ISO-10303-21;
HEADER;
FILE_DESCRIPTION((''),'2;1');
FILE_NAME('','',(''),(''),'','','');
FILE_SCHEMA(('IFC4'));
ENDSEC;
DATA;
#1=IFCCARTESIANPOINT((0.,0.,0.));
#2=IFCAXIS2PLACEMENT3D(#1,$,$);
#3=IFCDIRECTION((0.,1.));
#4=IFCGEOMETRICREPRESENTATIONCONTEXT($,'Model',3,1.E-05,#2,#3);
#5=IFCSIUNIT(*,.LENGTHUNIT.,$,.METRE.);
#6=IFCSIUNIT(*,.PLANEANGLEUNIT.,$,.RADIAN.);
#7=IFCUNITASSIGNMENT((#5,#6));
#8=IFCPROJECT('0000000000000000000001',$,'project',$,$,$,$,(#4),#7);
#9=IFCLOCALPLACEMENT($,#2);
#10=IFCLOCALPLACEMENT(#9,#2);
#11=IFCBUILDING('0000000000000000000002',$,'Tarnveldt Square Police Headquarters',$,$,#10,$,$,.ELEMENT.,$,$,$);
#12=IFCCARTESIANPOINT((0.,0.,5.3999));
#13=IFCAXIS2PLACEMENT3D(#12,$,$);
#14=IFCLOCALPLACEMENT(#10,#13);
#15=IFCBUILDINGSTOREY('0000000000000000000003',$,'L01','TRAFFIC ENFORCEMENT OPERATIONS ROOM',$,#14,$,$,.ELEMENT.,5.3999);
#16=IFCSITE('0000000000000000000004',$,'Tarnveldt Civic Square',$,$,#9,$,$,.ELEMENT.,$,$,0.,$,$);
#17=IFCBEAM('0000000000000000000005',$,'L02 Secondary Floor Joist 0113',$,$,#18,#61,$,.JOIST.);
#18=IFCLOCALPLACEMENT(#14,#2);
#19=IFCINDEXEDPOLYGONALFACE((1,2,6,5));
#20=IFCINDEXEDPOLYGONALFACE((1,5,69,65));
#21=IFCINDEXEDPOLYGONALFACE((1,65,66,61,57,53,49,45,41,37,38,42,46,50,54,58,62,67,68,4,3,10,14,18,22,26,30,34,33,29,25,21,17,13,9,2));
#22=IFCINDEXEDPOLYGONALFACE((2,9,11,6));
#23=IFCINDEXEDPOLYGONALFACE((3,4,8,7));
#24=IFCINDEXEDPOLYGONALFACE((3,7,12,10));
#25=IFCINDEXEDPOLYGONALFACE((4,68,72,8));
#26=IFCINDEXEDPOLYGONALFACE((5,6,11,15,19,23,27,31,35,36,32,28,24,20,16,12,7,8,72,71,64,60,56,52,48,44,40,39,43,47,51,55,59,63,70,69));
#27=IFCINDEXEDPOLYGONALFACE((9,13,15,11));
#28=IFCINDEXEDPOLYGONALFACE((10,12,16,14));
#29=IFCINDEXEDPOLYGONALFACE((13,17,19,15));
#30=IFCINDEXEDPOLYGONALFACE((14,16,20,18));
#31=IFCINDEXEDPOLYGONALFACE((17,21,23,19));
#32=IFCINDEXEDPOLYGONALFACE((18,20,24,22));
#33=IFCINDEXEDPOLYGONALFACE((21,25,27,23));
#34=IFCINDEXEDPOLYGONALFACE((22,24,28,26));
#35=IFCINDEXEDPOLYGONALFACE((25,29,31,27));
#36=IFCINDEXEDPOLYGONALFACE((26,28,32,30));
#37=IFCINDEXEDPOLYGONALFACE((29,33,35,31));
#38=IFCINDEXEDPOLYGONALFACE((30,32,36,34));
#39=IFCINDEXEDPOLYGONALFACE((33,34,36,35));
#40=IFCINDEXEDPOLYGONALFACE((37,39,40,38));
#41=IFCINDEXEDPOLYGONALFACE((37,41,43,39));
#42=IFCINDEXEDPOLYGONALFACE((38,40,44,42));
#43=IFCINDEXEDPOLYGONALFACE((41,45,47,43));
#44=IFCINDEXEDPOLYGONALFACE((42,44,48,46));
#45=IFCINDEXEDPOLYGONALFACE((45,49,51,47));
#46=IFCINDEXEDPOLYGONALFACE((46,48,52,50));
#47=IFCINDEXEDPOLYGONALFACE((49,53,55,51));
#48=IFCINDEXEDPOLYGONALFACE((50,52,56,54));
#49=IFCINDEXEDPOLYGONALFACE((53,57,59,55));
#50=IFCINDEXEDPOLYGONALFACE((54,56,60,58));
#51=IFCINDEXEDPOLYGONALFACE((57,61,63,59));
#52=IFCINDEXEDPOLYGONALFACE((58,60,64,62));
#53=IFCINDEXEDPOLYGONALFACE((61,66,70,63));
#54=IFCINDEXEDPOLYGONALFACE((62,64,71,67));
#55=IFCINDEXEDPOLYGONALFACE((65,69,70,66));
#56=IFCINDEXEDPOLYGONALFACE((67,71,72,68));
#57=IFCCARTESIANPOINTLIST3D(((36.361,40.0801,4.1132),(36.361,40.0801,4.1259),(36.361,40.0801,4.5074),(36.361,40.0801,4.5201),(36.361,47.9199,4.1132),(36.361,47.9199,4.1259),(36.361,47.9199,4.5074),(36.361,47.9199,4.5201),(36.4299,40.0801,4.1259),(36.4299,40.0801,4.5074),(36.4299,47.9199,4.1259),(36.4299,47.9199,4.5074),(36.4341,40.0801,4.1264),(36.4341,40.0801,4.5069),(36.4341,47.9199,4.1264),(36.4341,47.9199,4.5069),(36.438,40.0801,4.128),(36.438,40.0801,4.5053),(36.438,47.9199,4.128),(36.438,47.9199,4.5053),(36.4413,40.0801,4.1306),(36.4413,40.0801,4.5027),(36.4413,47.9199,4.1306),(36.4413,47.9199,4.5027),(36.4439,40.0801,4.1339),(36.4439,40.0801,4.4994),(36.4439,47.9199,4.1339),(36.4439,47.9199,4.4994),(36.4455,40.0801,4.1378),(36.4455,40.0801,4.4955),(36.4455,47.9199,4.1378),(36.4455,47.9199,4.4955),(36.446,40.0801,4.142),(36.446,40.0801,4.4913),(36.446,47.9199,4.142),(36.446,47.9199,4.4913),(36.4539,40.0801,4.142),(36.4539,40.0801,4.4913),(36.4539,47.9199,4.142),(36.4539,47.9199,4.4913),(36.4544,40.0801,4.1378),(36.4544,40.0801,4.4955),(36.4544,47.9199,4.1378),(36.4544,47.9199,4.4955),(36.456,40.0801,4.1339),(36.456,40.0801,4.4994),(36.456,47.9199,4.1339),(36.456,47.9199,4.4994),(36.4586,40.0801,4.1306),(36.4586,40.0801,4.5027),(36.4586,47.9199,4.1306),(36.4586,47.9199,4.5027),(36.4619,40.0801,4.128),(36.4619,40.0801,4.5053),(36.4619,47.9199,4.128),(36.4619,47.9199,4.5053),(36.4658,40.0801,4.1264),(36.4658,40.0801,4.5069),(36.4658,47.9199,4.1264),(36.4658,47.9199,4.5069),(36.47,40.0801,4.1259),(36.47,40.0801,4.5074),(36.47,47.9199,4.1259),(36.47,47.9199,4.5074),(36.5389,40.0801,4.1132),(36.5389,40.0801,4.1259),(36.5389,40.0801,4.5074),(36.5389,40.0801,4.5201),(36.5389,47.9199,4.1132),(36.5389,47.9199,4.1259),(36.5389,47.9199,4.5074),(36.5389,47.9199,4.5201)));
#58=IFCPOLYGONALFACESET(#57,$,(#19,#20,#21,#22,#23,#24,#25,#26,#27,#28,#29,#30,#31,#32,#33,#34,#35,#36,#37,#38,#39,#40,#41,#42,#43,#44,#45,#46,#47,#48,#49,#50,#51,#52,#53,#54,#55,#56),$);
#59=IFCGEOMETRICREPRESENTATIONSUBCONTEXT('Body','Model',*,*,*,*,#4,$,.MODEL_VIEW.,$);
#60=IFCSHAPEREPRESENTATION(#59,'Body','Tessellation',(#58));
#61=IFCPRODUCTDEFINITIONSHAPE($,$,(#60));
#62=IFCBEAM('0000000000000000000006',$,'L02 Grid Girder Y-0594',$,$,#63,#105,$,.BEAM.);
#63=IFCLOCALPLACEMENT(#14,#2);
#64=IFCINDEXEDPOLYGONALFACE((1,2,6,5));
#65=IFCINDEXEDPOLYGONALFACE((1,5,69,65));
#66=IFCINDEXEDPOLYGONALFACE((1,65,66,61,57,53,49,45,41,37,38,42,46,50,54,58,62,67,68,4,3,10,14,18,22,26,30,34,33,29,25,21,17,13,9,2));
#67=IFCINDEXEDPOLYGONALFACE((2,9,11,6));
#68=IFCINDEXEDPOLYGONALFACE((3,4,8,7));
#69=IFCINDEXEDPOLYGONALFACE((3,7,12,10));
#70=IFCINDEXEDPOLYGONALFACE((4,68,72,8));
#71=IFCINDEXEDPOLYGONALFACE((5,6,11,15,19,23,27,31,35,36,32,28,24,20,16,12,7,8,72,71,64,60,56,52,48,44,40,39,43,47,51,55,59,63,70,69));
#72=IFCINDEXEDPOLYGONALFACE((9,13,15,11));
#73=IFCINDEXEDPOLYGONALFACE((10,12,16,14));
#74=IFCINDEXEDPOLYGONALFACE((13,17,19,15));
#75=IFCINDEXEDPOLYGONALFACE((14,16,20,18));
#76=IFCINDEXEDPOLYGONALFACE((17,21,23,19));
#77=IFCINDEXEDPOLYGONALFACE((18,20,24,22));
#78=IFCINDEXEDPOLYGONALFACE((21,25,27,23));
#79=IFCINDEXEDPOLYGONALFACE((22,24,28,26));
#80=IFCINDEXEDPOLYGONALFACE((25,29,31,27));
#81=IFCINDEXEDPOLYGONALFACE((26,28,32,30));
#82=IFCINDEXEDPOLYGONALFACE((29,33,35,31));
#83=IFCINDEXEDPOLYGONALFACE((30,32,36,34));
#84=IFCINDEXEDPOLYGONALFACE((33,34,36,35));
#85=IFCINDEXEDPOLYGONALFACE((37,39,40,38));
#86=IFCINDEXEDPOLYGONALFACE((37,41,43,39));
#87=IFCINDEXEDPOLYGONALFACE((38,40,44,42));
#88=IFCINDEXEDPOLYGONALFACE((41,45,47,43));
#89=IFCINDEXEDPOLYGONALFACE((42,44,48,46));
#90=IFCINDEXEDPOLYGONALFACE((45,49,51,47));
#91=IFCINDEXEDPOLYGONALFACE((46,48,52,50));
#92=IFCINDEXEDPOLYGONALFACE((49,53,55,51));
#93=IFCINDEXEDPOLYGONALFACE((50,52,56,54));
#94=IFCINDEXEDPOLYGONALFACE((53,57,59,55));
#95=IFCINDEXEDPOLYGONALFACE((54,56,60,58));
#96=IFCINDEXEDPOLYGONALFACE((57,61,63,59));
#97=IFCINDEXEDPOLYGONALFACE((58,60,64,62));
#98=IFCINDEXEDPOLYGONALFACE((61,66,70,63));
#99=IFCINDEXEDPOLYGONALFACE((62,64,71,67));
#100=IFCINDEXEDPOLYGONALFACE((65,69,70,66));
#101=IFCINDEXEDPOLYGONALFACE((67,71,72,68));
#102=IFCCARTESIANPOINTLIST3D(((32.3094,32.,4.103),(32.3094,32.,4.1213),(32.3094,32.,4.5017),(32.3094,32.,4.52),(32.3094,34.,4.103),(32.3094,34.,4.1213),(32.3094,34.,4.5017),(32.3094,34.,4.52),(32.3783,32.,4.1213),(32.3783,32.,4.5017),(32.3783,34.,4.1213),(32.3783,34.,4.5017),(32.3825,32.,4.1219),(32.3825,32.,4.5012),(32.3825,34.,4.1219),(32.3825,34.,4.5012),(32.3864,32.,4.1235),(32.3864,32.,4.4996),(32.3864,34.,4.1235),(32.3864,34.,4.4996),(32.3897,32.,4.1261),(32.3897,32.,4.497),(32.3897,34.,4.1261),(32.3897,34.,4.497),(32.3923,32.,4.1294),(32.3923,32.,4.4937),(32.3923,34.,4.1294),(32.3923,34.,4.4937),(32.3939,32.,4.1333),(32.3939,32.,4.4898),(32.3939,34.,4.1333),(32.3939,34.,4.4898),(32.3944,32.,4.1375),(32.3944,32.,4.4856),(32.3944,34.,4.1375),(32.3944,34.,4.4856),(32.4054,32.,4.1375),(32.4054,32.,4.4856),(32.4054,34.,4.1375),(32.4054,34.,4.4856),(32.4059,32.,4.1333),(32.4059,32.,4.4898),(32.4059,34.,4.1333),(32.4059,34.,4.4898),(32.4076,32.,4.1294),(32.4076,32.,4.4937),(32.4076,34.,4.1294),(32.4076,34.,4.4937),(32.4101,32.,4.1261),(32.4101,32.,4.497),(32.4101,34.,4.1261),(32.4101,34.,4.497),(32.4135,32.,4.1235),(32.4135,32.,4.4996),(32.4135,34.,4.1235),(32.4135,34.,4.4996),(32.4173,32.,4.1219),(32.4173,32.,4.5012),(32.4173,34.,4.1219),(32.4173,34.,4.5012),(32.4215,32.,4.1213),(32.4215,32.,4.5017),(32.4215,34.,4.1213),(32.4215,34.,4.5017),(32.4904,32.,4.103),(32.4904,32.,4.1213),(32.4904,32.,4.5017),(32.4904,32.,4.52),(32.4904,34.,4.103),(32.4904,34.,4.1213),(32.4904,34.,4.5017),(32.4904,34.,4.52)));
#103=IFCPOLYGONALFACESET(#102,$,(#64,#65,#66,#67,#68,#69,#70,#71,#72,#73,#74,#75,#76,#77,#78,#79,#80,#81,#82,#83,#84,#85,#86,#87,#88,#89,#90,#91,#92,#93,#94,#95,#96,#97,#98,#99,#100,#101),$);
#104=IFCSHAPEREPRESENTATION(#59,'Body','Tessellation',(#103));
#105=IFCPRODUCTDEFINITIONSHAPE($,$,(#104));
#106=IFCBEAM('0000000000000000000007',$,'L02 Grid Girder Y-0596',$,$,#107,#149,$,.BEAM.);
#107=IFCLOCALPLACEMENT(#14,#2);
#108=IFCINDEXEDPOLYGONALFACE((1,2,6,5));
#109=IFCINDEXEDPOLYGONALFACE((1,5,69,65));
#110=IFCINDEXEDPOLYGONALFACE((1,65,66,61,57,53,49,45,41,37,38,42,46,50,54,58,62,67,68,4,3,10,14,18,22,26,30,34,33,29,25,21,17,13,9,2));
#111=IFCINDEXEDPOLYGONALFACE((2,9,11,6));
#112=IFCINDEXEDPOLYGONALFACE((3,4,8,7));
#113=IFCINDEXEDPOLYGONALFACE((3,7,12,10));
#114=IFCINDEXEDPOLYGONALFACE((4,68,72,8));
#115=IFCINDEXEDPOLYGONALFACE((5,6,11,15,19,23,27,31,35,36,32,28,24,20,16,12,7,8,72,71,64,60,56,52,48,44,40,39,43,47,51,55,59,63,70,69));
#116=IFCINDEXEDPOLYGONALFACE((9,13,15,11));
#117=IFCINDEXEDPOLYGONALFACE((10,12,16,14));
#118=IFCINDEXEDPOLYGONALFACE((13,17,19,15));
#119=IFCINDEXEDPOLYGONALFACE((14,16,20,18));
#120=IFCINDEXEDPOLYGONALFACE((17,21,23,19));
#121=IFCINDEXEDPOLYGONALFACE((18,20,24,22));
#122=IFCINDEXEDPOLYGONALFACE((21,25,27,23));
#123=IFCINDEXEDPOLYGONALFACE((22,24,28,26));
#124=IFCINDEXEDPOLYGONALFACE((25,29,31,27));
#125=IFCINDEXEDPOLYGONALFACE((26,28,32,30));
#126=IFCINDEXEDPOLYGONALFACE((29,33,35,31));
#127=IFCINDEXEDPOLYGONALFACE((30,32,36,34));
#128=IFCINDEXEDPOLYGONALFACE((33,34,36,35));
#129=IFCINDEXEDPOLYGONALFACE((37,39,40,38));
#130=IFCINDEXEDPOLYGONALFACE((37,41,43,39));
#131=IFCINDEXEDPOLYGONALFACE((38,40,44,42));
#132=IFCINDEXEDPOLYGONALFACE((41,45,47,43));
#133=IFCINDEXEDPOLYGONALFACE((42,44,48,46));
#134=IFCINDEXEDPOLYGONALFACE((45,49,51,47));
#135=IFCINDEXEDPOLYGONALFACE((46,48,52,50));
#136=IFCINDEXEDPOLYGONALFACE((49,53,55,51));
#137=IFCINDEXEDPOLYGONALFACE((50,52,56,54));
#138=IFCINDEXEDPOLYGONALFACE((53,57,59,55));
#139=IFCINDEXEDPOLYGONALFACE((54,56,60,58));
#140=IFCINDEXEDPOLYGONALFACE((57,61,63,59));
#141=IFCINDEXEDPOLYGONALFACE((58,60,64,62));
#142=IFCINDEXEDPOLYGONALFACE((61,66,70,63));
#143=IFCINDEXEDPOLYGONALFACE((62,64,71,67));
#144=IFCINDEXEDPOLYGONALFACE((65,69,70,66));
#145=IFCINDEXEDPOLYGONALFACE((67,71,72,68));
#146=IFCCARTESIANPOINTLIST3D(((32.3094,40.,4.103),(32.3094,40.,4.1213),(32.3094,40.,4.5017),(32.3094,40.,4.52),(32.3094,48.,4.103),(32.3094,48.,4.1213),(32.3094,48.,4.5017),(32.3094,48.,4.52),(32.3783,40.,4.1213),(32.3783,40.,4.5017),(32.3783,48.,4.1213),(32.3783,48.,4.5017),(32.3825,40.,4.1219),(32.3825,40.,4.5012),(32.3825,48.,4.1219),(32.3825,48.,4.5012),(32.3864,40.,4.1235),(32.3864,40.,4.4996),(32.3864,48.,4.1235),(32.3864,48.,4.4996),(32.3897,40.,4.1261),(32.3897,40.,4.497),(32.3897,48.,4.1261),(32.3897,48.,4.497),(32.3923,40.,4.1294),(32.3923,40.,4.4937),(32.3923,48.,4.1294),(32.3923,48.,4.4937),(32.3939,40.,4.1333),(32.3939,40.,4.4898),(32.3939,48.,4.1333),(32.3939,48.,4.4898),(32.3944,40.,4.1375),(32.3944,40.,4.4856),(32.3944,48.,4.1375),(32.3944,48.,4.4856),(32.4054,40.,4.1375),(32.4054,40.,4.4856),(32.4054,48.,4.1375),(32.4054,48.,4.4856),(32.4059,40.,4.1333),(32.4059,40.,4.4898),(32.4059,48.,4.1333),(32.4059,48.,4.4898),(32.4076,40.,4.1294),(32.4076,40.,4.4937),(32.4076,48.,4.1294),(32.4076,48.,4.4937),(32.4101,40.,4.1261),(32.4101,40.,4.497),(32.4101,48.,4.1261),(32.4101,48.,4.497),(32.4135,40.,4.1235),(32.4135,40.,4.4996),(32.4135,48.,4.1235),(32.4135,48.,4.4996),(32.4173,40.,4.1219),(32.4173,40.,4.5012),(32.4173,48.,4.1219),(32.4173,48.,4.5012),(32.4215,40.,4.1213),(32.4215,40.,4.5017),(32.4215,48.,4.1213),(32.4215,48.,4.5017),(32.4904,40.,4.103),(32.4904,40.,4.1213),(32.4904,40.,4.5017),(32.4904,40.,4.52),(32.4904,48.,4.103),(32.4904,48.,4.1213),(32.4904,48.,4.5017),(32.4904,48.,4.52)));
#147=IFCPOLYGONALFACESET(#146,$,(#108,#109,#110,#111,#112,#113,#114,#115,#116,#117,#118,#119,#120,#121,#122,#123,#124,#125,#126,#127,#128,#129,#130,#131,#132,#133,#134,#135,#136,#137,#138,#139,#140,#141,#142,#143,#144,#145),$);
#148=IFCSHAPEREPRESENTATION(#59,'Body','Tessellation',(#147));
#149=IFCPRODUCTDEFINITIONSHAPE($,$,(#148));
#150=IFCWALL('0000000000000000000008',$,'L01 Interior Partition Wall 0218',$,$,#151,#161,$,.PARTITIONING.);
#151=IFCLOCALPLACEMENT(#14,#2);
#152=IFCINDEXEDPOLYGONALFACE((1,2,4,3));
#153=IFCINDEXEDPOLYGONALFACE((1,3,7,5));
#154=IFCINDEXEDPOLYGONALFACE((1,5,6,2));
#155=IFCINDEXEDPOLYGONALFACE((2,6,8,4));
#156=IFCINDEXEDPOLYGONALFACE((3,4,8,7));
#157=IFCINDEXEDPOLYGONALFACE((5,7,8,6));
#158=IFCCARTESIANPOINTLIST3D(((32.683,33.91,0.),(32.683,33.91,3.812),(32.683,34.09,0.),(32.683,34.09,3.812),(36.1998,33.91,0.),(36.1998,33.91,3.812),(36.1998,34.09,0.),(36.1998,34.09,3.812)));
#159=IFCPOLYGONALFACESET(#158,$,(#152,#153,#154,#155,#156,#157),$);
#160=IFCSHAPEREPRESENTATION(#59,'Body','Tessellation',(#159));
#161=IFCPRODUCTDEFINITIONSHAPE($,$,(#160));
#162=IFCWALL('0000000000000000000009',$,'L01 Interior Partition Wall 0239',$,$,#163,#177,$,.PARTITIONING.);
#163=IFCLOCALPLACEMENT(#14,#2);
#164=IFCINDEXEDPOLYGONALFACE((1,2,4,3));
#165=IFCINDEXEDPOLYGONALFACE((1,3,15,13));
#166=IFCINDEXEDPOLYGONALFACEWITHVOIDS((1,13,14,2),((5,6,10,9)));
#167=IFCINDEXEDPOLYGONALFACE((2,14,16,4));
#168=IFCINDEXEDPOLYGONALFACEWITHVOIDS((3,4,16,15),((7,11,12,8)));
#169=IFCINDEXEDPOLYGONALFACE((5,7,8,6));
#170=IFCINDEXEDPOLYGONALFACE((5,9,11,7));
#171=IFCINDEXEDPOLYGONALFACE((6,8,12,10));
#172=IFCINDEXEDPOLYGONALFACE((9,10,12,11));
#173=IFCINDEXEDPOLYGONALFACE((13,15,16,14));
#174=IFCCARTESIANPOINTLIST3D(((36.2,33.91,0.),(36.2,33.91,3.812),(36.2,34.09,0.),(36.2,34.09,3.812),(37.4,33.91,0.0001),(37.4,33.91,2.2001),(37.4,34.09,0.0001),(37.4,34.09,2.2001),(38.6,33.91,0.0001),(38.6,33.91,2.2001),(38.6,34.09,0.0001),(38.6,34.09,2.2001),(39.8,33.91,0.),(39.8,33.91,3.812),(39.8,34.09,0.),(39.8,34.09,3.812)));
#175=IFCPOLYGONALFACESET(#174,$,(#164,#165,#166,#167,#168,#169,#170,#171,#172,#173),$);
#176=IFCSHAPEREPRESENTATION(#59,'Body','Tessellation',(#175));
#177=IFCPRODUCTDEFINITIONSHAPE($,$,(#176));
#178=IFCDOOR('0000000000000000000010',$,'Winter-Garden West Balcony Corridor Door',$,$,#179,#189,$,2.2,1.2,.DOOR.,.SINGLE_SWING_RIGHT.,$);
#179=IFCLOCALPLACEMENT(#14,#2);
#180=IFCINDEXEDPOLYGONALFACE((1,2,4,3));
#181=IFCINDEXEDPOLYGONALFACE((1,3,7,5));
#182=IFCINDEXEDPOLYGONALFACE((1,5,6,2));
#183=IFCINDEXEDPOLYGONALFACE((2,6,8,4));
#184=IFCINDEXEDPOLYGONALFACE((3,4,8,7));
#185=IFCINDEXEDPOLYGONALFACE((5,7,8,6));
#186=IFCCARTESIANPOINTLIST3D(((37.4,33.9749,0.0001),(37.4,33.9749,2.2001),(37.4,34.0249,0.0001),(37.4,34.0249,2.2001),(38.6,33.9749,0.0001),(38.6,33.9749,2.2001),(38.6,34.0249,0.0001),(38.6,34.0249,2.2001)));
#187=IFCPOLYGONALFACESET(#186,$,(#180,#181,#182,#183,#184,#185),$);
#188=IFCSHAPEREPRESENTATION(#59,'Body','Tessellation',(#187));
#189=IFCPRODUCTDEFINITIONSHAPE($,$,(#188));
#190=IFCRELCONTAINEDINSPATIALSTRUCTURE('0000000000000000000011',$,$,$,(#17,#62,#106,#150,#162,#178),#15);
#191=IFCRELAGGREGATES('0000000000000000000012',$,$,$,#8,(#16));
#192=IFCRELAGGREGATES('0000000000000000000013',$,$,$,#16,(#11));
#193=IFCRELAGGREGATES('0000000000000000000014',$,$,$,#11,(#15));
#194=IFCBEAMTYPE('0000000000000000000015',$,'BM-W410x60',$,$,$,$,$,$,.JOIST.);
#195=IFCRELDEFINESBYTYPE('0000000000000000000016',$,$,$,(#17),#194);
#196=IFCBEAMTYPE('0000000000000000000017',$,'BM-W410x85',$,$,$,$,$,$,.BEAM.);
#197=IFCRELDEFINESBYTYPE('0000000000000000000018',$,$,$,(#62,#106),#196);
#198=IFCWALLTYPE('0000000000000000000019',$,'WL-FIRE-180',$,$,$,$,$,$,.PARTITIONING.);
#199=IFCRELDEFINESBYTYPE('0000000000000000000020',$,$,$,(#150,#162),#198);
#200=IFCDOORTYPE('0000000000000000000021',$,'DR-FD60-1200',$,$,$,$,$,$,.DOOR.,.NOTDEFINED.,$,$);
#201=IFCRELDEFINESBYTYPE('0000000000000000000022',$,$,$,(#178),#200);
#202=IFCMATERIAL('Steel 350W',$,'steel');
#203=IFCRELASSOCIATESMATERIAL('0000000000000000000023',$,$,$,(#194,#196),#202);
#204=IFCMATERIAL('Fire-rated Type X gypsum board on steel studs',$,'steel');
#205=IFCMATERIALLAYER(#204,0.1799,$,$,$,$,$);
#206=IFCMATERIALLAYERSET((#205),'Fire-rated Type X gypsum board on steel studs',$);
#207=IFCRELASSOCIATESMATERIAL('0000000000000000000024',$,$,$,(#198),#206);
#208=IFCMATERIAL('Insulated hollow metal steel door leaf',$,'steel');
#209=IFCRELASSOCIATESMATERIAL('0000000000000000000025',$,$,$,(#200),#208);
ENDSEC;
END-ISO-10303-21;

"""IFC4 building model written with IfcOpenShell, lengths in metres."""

from ifc_helpers import new_model, si_unit, direction, frame, frame_2d, origin, origin_2d, place, context, subcontext, project, spatial, rectangle, i_section, extrude, material, layer, layer_set, material_profile, profile_set, type_object, element, fill, save


model = new_model("IFC4")

# Units and contexts
model_context = context("Model", 3, precision=1e-05, world=origin(), true_north=direction((0.0, 1.0)))
body_context = subcontext(model_context, "Body", "Model", "MODEL_VIEW")
ifc_project = project(units=[si_unit("LENGTHUNIT", "METRE"), si_unit("PLANEANGLEUNIT", "RADIAN")], contexts=[model_context])

# Site, building, storey
site_placement = place(None, origin())
site = spatial("IfcSite", under=ifc_project, at=site_placement, Name="Tarnveldt Civic Square", CompositionType="ELEMENT", RefElevation=0.0)
building_placement = place(site_placement, origin())
building = spatial("IfcBuilding", under=site, at=building_placement, Name="Tarnveldt Square Police Headquarters", CompositionType="ELEMENT")
storey_placement = place(building_placement, frame((0.0, 0.0, 5.3999)))
storey = spatial("IfcBuildingStorey", under=building, at=storey_placement, Name="L01", Description="TRAFFIC ENFORCEMENT OPERATIONS ROOM", CompositionType="ELEMENT", Elevation=5.3999)

# Beams
ifc_material_1 = material(Name="Steel 350W", Category="steel")
ifc_material_profile_1 = material_profile(ifc_material_1, i_section(OverallWidth=0.178, OverallDepth=0.407, WebThickness=0.0078, FlangeThickness=0.0127, FilletRadius=0.0161, at=origin_2d()), Name="W410x60")
ifc_profile_set_1 = profile_set([ifc_material_profile_1], Name="Steel 350W")
beam_type_1 = type_object("IfcBeamType", Name="BM-W410x60", PredefinedType="JOIST", material=ifc_profile_set_1)
beam_1_placement = place(storey_placement, frame((36.45, 40.0801, 4.3167), z_axis=(0.0, 1.0, 0.0), x_axis=(-1.0, 0.0, 0.0)))
element("IfcBeam", 1, at=beam_1_placement, inside=storey, type_object=beam_type_1, Name="L02 Secondary Floor Joist 0113", PredefinedType="JOIST", context=body_context, shape_type="SweptSolid", body=[
    extrude(i_section(OverallWidth=0.178, OverallDepth=0.407, WebThickness=0.0078, FlangeThickness=0.0127, FilletRadius=0.0161, at=origin_2d()), origin(), (0.0, 0.0, 1.0), 7.8398),
])
ifc_material_profile_2 = material_profile(ifc_material_1, i_section(OverallWidth=0.1809, OverallDepth=0.417, WebThickness=0.011, FlangeThickness=0.0183, FilletRadius=0.0161, at=origin_2d()), Name="W410x85")
ifc_profile_set_2 = profile_set([ifc_material_profile_2], Name="Steel 350W")
beam_type_2 = type_object("IfcBeamType", Name="BM-W410x85", PredefinedType="BEAM", material=ifc_profile_set_2)
beam_2_placement = place(storey_placement, frame((32.3999, 32.0, 4.3115), z_axis=(0.0, 1.0, 0.0), x_axis=(-1.0, 0.0, 0.0)))
element("IfcBeam", 2, at=beam_2_placement, inside=storey, type_object=beam_type_2, Name="L02 Grid Girder Y-0594", PredefinedType="BEAM", context=body_context, shape_type="SweptSolid", body=[
    extrude(i_section(OverallWidth=0.1809, OverallDepth=0.417, WebThickness=0.011, FlangeThickness=0.0183, FilletRadius=0.0161, at=origin_2d()), origin(), (0.0, 0.0, 1.0), 2.0),
])
beam_3_placement = place(storey_placement, frame((32.3999, 40.0, 4.3115), z_axis=(0.0, 1.0, 0.0), x_axis=(-1.0, 0.0, 0.0)))
element("IfcBeam", 3, at=beam_3_placement, inside=storey, type_object=beam_type_2, Name="L02 Grid Girder Y-0596", PredefinedType="BEAM", context=body_context, shape_type="SweptSolid", body=[
    extrude(i_section(OverallWidth=0.1809, OverallDepth=0.417, WebThickness=0.011, FlangeThickness=0.0183, FilletRadius=0.0161, at=origin_2d()), origin(), (0.0, 0.0, 1.0), 8.0),
])

# Wall
ifc_material_2 = material(Name="Fire-rated Type X gypsum board on steel studs", Category="steel")
ifc_layer = layer(ifc_material_2, 0.1799)
ifc_layer_set = layer_set([ifc_layer], Name="Fire-rated Type X gypsum board on steel studs")
wall_type = type_object("IfcWallType", Name="WL-FIRE-180", PredefinedType="PARTITIONING", material=ifc_layer_set)
wall_1_placement = place(storey_placement, frame((32.6831, 34.0, 0.0), z_axis=(0.0, 0.0, 1.0), x_axis=(1.0, 0.0, 0.0)))
element("IfcWall", 4, at=wall_1_placement, inside=storey, type_object=wall_type, Name="L01 Interior Partition Wall 0218", PredefinedType="PARTITIONING", context=body_context, shape_type="SweptSolid", body=[
    extrude(rectangle(XDim=3.5168, YDim=0.1799, at=frame_2d((1.7583, 0.0))), origin(), (0.0, 0.0, 1.0), 3.812),
])

# Wall, opening, door
wall_2_placement = place(storey_placement, frame((36.2, 34.0, 0.0), z_axis=(0.0, 0.0, 1.0), x_axis=(1.0, 0.0, 0.0)))
wall_2 = element("IfcWall", 5, at=wall_2_placement, inside=storey, type_object=wall_type, Name="L01 Interior Partition Wall 0239", PredefinedType="PARTITIONING", context=body_context, shape_type="SweptSolid", body=[
    extrude(rectangle(XDim=3.6001, YDim=0.1799, at=frame_2d((1.8, 0.0))), origin(), (0.0, 0.0, 1.0), 3.812),
])
opening_1_placement = place(wall_2_placement, frame((1.2, 0.0, 0.0)))
opening_1 = element("IfcOpeningElement", 6, at=opening_1_placement, cuts=wall_2, PredefinedType="OPENING", context=body_context, shape_type="SweptSolid", body=[
    extrude(rectangle(XDim=1.2, YDim=2.2, at=frame_2d((0.6001, 1.1001))), frame((0.0, 0.0999, 0.0), z_axis=(0.0, -1.0, 0.0), x_axis=(1.0, 0.0, 0.0)), (0.0, 0.0, 1.0), 0.2),
])
ifc_material_3 = material(Name="Insulated hollow metal steel door leaf", Category="steel")
door_type_1 = type_object("IfcDoorType", Name="DR-FD60-1200", OperationType="NOTDEFINED", PredefinedType="DOOR", material=ifc_material_3)
door_1_placement = place(opening_1_placement, origin())
door_1 = element("IfcDoor", 7, at=door_1_placement, inside=storey, type_object=door_type_1, Name="Winter-Garden West Balcony Corridor Door", OperationType="SINGLE_SWING_RIGHT", OverallHeight=2.2, OverallWidth=1.2, PredefinedType="DOOR", context=body_context, shape_type="SweptSolid", body=[
    extrude(rectangle(XDim=1.2, YDim=2.2, at=frame_2d((0.6001, 1.1001))), frame((0.0, 0.0249, 0.0), z_axis=(0.0, -1.0, 0.0), x_axis=(1.0, 0.0, 0.0)), (0.0, 0.0, 1.0), 0.05),
])
fill(opening_1, door_1)

save(model, "model.ifc")
